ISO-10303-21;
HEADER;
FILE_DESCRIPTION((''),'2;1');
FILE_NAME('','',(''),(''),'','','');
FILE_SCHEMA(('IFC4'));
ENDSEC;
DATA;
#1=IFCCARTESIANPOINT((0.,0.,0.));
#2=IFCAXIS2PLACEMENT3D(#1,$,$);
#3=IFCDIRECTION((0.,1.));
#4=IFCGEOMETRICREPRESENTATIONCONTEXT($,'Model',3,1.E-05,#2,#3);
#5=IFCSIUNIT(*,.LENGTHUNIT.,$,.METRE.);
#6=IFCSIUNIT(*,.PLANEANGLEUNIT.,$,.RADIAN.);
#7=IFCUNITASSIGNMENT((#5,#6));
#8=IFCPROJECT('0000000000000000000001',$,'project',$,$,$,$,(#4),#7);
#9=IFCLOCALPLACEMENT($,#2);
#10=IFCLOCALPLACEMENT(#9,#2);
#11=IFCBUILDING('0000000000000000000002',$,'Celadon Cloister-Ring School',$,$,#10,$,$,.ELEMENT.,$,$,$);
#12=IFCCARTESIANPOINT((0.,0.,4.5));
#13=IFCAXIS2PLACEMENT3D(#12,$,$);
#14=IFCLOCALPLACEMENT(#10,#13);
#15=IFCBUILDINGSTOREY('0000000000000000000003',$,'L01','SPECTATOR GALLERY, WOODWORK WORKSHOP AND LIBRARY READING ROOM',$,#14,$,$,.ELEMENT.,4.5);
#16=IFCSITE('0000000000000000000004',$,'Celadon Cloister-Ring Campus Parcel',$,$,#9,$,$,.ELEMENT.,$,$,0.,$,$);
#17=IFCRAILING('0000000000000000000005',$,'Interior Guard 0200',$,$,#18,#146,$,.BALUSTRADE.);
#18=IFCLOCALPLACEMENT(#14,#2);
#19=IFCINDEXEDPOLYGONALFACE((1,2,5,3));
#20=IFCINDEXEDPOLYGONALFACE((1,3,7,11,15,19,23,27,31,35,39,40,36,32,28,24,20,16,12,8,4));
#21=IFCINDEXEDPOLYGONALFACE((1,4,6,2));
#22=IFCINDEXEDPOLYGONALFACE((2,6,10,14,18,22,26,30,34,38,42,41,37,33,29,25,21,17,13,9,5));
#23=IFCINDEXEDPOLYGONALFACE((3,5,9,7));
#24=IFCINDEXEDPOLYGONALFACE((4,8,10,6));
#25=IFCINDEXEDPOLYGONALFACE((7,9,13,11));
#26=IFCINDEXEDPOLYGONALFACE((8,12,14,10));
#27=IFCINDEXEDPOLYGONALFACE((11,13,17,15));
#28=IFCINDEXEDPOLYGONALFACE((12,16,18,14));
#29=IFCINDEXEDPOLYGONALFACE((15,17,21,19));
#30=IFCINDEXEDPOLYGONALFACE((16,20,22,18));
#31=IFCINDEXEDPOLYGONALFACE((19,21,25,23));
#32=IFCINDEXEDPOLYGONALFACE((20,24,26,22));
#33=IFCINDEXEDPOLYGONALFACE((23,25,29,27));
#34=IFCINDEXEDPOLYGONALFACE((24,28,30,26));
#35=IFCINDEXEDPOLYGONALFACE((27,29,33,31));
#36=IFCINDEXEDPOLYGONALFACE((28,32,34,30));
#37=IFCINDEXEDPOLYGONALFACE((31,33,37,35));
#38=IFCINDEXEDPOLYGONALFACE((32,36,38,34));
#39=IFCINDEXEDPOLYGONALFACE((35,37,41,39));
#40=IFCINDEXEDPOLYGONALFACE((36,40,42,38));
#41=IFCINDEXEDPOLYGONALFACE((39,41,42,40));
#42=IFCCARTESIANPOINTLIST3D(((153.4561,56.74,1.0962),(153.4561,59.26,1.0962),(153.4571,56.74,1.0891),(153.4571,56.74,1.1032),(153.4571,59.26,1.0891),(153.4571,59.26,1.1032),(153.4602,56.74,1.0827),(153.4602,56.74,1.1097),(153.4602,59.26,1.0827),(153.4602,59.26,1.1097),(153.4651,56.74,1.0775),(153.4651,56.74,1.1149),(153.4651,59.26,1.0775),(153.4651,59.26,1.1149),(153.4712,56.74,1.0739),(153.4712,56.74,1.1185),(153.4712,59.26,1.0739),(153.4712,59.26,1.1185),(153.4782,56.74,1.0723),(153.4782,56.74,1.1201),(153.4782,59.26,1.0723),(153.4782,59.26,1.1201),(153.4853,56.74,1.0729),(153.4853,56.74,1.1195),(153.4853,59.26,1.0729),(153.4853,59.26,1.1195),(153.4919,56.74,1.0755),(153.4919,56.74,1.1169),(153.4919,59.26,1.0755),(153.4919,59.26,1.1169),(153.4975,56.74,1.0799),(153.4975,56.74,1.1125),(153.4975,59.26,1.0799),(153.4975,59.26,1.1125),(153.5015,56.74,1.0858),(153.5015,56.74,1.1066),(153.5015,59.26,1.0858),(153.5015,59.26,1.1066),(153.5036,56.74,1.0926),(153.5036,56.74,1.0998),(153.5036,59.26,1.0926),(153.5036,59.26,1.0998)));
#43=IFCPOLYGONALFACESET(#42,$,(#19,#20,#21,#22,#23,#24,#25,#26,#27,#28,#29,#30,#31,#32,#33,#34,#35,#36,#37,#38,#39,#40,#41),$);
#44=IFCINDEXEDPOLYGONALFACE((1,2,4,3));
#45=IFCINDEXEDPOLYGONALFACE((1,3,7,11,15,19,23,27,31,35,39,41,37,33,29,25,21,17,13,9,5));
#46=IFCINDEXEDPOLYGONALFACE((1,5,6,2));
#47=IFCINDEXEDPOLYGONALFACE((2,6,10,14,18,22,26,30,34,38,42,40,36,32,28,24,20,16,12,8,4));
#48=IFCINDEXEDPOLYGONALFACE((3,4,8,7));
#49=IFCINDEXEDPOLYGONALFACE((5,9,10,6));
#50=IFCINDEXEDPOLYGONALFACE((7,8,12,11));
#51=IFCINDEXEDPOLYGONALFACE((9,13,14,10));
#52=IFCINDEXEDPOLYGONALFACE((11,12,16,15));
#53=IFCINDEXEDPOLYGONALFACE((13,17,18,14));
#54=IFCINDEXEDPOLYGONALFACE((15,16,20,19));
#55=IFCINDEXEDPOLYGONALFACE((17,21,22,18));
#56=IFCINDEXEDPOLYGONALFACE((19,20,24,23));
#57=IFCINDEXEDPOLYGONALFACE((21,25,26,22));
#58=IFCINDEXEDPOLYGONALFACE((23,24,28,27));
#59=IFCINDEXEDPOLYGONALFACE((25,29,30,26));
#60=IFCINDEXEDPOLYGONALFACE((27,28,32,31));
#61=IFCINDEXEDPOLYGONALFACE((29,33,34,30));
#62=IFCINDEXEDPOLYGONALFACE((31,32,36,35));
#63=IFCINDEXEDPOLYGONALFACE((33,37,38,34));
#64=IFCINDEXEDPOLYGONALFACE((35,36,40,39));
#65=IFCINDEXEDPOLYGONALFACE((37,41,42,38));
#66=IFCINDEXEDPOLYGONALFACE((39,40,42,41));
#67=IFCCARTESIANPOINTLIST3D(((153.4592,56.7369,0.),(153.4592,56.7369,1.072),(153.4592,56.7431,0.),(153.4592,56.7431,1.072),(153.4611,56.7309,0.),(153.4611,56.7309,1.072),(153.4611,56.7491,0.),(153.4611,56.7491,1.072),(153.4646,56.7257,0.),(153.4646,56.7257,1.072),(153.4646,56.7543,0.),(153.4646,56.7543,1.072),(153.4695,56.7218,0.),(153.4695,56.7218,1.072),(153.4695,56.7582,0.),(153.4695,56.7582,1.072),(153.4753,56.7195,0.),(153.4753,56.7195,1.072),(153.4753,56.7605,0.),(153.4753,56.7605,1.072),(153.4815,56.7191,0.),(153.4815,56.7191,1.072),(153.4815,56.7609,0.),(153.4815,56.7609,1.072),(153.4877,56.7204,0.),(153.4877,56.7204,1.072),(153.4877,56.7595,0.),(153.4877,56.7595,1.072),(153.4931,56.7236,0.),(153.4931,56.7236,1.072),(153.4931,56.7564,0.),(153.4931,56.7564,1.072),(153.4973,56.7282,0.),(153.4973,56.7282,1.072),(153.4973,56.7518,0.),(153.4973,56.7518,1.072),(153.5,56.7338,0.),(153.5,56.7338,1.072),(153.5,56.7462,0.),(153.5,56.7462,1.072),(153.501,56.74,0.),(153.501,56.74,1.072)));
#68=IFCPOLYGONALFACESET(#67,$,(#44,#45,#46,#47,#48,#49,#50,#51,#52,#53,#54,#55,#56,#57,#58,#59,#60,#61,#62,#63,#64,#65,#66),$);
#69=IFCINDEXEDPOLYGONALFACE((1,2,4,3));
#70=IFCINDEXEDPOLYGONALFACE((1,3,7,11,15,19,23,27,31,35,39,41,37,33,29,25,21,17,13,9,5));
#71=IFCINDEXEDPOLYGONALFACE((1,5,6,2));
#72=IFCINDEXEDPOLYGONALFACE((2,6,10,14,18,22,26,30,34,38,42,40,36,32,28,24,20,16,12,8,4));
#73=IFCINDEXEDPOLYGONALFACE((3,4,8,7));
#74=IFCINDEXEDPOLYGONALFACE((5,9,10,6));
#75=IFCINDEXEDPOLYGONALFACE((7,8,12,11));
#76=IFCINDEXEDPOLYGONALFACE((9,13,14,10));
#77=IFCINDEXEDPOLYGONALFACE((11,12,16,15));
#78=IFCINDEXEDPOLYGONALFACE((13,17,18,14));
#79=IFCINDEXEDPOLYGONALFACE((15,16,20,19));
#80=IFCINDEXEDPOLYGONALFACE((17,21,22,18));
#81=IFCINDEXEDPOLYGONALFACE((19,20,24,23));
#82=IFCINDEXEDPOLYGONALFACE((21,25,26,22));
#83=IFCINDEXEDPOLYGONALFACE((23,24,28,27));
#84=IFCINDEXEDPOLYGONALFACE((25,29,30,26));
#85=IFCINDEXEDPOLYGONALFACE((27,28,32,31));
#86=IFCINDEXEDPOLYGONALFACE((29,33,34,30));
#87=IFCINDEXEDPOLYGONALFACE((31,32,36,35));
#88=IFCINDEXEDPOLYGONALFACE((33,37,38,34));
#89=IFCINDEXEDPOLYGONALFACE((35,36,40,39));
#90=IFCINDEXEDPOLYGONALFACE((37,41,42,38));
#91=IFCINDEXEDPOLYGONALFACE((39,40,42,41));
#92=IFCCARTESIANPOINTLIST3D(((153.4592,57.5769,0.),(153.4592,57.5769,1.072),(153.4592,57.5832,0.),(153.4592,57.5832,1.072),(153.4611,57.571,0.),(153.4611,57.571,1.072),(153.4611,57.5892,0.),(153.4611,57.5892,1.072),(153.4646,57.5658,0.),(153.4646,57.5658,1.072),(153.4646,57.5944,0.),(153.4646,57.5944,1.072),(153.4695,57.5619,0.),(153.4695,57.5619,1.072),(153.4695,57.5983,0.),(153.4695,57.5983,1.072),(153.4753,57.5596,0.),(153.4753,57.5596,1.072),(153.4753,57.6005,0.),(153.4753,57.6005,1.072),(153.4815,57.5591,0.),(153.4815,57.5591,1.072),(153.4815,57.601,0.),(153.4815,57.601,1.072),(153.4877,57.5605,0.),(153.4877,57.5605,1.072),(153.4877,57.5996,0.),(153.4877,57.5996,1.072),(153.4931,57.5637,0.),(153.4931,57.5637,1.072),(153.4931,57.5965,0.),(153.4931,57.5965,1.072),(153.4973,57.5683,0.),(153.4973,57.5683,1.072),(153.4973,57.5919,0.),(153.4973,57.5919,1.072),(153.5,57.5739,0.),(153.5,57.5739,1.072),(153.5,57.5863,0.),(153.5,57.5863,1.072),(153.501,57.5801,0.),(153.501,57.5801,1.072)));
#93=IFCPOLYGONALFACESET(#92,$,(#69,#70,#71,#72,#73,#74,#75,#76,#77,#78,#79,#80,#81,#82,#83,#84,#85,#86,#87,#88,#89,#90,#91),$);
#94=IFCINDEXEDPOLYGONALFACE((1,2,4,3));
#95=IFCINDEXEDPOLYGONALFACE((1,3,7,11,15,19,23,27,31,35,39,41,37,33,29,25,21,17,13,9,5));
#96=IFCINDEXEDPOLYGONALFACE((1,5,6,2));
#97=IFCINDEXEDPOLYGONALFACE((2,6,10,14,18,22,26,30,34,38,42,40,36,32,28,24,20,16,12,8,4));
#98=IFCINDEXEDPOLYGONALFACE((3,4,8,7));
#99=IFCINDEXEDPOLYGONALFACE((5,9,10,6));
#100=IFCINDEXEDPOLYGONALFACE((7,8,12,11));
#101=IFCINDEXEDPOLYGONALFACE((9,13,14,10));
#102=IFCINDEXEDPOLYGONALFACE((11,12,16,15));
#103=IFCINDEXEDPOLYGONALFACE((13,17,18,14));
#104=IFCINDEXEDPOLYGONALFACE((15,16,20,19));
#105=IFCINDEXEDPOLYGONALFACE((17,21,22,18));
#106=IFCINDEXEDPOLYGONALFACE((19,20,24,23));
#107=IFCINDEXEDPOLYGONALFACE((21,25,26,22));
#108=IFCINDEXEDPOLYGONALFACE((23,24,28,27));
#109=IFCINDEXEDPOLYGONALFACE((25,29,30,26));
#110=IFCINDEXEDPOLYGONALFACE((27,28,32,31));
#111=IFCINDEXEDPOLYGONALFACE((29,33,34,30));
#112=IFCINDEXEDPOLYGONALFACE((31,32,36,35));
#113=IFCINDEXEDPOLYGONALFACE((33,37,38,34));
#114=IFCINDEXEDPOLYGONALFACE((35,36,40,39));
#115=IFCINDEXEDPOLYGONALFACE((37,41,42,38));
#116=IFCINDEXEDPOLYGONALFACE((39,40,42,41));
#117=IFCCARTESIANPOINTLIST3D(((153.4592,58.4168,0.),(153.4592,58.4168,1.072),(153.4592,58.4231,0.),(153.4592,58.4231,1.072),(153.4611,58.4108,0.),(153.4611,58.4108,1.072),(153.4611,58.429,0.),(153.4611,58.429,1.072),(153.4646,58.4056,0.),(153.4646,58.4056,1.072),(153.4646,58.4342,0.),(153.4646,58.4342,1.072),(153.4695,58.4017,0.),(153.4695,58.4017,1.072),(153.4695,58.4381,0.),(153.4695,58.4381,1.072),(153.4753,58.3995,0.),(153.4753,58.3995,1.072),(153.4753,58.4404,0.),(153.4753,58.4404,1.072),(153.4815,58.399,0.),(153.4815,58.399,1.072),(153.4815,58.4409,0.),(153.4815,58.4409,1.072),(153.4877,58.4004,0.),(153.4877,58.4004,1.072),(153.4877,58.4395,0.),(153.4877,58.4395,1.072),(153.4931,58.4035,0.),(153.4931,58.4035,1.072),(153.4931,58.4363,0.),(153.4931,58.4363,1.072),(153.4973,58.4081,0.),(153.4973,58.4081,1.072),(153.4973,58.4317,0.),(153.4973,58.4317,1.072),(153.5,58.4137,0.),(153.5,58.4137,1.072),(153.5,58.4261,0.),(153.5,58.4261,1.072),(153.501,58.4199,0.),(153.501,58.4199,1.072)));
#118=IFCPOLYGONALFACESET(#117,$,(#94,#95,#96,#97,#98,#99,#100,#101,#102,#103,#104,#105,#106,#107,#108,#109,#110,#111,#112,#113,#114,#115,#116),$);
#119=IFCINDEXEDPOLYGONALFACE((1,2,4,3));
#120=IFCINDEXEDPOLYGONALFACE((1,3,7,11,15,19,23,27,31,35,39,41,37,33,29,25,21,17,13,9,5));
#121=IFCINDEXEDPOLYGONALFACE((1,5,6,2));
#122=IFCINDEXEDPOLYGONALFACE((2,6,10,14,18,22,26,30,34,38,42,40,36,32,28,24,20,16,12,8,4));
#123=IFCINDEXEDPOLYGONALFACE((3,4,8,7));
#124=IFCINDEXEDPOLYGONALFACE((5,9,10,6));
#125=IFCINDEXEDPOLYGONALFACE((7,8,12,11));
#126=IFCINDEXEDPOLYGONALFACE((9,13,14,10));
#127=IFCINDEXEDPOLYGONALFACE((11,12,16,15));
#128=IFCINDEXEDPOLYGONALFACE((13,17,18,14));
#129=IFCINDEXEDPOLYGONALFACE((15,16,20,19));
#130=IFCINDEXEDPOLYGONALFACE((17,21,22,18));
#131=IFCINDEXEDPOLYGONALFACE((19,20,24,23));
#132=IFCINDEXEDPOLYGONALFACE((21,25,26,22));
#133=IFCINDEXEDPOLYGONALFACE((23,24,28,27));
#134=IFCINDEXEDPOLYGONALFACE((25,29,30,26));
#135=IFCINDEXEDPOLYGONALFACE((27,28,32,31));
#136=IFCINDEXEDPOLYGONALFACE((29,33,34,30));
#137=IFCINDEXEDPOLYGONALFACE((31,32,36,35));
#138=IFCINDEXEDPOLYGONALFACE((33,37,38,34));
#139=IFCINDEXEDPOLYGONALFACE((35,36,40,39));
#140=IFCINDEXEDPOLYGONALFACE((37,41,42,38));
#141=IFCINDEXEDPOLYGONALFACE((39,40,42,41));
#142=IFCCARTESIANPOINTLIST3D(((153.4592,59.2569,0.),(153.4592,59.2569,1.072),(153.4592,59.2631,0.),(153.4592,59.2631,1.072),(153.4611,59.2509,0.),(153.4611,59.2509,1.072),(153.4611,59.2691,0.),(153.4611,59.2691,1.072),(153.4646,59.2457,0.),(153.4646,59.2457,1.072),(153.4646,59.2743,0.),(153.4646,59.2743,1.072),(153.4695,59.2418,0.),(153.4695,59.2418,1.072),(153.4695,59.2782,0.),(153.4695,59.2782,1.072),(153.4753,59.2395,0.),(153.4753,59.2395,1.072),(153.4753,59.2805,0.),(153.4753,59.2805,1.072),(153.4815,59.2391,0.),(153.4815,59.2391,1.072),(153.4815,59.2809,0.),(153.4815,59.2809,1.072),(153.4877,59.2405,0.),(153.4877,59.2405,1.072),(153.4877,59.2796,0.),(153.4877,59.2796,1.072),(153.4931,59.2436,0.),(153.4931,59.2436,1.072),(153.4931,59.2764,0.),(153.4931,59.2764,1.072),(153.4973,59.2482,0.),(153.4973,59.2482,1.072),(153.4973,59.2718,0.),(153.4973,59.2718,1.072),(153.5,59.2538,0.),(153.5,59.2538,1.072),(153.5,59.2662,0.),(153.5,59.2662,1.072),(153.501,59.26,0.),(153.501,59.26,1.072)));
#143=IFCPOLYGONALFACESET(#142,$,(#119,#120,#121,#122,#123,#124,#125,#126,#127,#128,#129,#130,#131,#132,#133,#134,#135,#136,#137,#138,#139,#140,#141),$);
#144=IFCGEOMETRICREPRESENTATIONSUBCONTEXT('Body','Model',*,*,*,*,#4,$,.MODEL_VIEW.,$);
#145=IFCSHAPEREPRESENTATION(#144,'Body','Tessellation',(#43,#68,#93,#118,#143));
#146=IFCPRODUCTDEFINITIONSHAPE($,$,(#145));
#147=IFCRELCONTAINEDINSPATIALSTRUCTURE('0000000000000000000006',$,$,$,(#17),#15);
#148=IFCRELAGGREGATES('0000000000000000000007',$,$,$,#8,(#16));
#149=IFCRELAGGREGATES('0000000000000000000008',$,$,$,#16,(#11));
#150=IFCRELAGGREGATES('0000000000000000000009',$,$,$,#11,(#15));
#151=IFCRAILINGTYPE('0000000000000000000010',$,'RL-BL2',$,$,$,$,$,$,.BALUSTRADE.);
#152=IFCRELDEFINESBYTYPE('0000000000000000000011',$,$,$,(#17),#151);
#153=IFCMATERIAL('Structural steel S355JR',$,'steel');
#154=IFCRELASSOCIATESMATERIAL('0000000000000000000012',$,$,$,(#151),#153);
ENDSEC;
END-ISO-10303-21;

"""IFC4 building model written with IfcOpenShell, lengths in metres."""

from ifc_helpers import new_model, si_unit, direction, frame, origin, origin_2d, place, context, subcontext, project, spatial, circle, extrude, material, type_object, element, save


model = new_model("IFC4")

# Units and contexts
model_context = context("Model", 3, precision=1e-05, world=origin(), true_north=direction((0.0, 1.0)))
body_context = subcontext(model_context, "Body", "Model", "MODEL_VIEW")
ifc_project = project(units=[si_unit("LENGTHUNIT", "METRE"), si_unit("PLANEANGLEUNIT", "RADIAN")], contexts=[model_context])

# Site, building, storey
site_placement = place(None, origin())
site = spatial("IfcSite", under=ifc_project, at=site_placement, Name="Celadon Cloister-Ring Campus Parcel", CompositionType="ELEMENT", RefElevation=0.0)
building_placement = place(site_placement, origin())
building = spatial("IfcBuilding", under=site, at=building_placement, Name="Celadon Cloister-Ring School", CompositionType="ELEMENT")
storey_placement = place(building_placement, frame((0.0, 0.0, 4.5)))
storey = spatial("IfcBuildingStorey", under=building, at=storey_placement, Name="L01", Description="SPECTATOR GALLERY, WOODWORK WORKSHOP AND LIBRARY READING ROOM", CompositionType="ELEMENT", Elevation=4.5)

# Railing
ifc_material_1 = material(Name="Structural steel S355JR", Category="steel")
railing_type_1 = type_object("IfcRailingType", Name="RL-BL2", PredefinedType="BALUSTRADE", material=ifc_material_1)
railing_1_placement = place(storey_placement, frame((153.48, 56.74, 0.0)))
element("IfcRailing", 1, at=railing_1_placement, inside=storey, type_object=railing_type_1, Name="Interior Guard 0200", PredefinedType="BALUSTRADE", context=body_context, shape_type="SweptSolid", body=[
    extrude(circle(Radius=0.0239, at=origin_2d()), frame((0.0, 0.0, 1.0962), z_axis=(0.0, 1.0, 0.0), x_axis=(-1.0, 0.0, 0.0)), (0.0, 0.0, 1.0), 2.52),
    extrude(circle(Radius=0.021, at=origin_2d()), origin(), (0.0, 0.0, 1.0), 1.072),
    extrude(circle(Radius=0.021, at=origin_2d()), frame((0.0, 0.8401, 0.0)), (0.0, 0.0, 1.0), 1.072),
    extrude(circle(Radius=0.021, at=origin_2d()), frame((0.0, 1.6799, 0.0)), (0.0, 0.0, 1.0), 1.072),
    extrude(circle(Radius=0.021, at=origin_2d()), frame((0.0, 2.52, 0.0)), (0.0, 0.0, 1.0), 1.072),
])

save(model, "model.ifc")
